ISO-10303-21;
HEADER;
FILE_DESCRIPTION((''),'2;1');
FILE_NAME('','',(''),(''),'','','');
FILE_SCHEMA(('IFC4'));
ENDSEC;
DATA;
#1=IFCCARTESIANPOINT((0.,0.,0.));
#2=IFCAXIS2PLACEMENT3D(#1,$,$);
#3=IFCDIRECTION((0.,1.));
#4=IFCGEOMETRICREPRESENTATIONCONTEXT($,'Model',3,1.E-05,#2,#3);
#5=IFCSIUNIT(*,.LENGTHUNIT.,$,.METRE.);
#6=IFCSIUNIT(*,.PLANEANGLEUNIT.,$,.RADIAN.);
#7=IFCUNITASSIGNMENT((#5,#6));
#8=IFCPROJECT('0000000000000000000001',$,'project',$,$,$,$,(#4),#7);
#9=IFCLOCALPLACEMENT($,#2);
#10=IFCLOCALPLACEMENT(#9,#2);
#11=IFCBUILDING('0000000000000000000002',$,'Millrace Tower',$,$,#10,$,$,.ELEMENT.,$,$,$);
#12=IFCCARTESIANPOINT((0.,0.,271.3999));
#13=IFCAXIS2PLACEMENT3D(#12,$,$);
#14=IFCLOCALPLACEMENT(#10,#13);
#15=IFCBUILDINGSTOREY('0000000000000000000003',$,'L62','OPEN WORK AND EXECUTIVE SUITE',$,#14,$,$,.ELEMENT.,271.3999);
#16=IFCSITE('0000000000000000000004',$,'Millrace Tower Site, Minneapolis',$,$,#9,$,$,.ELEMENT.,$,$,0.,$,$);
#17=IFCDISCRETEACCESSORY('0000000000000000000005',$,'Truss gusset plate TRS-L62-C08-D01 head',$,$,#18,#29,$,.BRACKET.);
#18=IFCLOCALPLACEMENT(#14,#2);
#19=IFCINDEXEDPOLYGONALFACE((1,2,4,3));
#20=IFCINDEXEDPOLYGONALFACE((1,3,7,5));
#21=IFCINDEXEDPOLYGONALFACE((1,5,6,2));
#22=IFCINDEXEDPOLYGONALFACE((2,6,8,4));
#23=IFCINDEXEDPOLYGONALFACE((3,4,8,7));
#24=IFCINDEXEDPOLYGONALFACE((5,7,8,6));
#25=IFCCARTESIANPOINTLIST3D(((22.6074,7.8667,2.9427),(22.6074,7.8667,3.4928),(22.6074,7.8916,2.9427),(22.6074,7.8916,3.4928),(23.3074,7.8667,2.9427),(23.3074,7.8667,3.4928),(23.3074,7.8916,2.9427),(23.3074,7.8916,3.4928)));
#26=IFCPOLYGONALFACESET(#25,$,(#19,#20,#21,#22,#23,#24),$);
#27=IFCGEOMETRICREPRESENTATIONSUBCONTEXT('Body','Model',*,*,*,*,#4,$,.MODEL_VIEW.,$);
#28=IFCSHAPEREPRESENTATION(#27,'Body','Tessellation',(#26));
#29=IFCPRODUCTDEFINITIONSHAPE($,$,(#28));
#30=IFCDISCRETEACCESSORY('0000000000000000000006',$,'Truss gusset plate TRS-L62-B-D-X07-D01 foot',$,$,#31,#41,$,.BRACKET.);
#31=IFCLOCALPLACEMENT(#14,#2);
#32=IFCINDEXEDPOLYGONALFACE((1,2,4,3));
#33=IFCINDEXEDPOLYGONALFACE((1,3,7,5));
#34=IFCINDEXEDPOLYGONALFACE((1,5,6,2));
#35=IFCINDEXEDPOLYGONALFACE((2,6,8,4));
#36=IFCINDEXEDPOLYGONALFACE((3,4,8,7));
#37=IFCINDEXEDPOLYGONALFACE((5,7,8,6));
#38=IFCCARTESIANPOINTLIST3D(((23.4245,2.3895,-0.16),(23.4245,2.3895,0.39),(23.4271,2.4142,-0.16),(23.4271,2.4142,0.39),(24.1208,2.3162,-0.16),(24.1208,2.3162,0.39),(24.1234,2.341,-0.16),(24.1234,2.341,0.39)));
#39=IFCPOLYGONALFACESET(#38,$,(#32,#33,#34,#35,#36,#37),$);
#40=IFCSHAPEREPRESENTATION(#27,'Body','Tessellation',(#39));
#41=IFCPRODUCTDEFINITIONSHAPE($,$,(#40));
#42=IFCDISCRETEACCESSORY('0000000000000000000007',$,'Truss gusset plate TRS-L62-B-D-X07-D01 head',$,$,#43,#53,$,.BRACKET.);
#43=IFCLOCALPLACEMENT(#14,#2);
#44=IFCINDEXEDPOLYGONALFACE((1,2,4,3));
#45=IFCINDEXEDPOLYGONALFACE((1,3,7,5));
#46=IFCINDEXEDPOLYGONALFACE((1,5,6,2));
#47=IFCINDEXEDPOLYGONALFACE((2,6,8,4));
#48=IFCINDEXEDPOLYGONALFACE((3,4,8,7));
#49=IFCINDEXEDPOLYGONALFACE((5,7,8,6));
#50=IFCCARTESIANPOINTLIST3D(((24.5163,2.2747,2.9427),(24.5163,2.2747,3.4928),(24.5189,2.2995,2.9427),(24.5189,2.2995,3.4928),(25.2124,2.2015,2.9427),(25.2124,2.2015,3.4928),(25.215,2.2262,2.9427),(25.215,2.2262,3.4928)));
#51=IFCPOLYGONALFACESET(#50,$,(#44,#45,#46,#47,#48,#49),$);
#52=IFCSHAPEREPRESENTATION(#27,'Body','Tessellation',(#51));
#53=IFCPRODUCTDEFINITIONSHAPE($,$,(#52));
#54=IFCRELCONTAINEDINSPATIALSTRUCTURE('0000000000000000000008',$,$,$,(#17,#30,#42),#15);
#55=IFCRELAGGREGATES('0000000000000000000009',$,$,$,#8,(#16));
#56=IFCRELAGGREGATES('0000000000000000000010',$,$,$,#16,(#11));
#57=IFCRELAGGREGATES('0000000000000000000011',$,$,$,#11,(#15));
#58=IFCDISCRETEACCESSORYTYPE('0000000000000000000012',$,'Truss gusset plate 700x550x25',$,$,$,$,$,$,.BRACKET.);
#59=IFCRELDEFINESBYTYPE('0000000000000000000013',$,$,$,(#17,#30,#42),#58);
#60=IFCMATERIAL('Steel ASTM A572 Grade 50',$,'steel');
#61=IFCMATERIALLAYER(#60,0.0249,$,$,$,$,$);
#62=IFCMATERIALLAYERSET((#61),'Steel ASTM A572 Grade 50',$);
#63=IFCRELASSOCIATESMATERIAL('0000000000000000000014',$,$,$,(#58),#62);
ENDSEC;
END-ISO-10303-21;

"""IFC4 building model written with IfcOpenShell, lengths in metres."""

from ifc_helpers import new_model, si_unit, direction, frame, origin, origin_2d, place, context, subcontext, project, spatial, rectangle, extrude, material, layer, layer_set, type_object, element, save


model = new_model("IFC4")

# Units and contexts
model_context = context("Model", 3, precision=1e-05, world=origin(), true_north=direction((0.0, 1.0)))
body_context = subcontext(model_context, "Body", "Model", "MODEL_VIEW")
ifc_project = project(units=[si_unit("LENGTHUNIT", "METRE"), si_unit("PLANEANGLEUNIT", "RADIAN")], contexts=[model_context])

# Site, building, storey
site_placement = place(None, origin())
site = spatial("IfcSite", under=ifc_project, at=site_placement, Name="Millrace Tower Site, Minneapolis", CompositionType="ELEMENT", RefElevation=0.0)
building_placement = place(site_placement, origin())
building = spatial("IfcBuilding", under=site, at=building_placement, Name="Millrace Tower", CompositionType="ELEMENT")
storey_placement = place(building_placement, frame((0.0, 0.0, 271.3999)))
storey = spatial("IfcBuildingStorey", under=building, at=storey_placement, Name="L62", Description="OPEN WORK AND EXECUTIVE SUITE", CompositionType="ELEMENT", Elevation=271.3999)

# Discrete accessories
ifc_material_1 = material(Name="Steel ASTM A572 Grade 50", Category="steel")
ifc_layer_1 = layer(ifc_material_1, 0.0249)
ifc_layer_set_1 = layer_set([ifc_layer_1], Name="Steel ASTM A572 Grade 50")
discrete_accessory_type_1 = type_object("IfcDiscreteAccessoryType", Name="Truss gusset plate 700x550x25", PredefinedType="BRACKET", material=ifc_layer_set_1)
discrete_accessory_1_placement = place(storey_placement, frame((22.6074, 7.8792, 3.2178), z_axis=(1.0, 0.0, 0.0), x_axis=(0.0, 1.0, 0.0)))
element("IfcDiscreteAccessory", 1, at=discrete_accessory_1_placement, inside=storey, type_object=discrete_accessory_type_1, Name="Truss gusset plate TRS-L62-C08-D01 head", PredefinedType="BRACKET", context=body_context, shape_type="SweptSolid", body=[
    extrude(rectangle(XDim=0.0249, YDim=0.55, at=origin_2d()), origin(), (0.0, 0.0, 1.0), 0.7),
])
discrete_accessory_2_placement = place(storey_placement, frame((23.4258, 2.4019, 0.115), z_axis=(0.994513, -0.104612, 0.0), x_axis=(0.104612, 0.994513, 0.0)))
element("IfcDiscreteAccessory", 2, at=discrete_accessory_2_placement, inside=storey, type_object=discrete_accessory_type_1, Name="Truss gusset plate TRS-L62-B-D-X07-D01 foot", PredefinedType="BRACKET", context=body_context, shape_type="SweptSolid", body=[
    extrude(rectangle(XDim=0.0249, YDim=0.55, at=origin_2d()), origin(), (0.0, 0.0, 1.0), 0.7002),
])
discrete_accessory_3_placement = place(storey_placement, frame((24.5176, 2.2871, 3.2178), z_axis=(0.994509, -0.104648, 0.0), x_axis=(0.104648, 0.994509, 0.0)))
element("IfcDiscreteAccessory", 3, at=discrete_accessory_3_placement, inside=storey, type_object=discrete_accessory_type_1, Name="Truss gusset plate TRS-L62-B-D-X07-D01 head", PredefinedType="BRACKET", context=body_context, shape_type="SweptSolid", body=[
    extrude(rectangle(XDim=0.0249, YDim=0.55, at=origin_2d()), origin(), (0.0, 0.0, 1.0), 0.7),
])

save(model, "model.ifc")
